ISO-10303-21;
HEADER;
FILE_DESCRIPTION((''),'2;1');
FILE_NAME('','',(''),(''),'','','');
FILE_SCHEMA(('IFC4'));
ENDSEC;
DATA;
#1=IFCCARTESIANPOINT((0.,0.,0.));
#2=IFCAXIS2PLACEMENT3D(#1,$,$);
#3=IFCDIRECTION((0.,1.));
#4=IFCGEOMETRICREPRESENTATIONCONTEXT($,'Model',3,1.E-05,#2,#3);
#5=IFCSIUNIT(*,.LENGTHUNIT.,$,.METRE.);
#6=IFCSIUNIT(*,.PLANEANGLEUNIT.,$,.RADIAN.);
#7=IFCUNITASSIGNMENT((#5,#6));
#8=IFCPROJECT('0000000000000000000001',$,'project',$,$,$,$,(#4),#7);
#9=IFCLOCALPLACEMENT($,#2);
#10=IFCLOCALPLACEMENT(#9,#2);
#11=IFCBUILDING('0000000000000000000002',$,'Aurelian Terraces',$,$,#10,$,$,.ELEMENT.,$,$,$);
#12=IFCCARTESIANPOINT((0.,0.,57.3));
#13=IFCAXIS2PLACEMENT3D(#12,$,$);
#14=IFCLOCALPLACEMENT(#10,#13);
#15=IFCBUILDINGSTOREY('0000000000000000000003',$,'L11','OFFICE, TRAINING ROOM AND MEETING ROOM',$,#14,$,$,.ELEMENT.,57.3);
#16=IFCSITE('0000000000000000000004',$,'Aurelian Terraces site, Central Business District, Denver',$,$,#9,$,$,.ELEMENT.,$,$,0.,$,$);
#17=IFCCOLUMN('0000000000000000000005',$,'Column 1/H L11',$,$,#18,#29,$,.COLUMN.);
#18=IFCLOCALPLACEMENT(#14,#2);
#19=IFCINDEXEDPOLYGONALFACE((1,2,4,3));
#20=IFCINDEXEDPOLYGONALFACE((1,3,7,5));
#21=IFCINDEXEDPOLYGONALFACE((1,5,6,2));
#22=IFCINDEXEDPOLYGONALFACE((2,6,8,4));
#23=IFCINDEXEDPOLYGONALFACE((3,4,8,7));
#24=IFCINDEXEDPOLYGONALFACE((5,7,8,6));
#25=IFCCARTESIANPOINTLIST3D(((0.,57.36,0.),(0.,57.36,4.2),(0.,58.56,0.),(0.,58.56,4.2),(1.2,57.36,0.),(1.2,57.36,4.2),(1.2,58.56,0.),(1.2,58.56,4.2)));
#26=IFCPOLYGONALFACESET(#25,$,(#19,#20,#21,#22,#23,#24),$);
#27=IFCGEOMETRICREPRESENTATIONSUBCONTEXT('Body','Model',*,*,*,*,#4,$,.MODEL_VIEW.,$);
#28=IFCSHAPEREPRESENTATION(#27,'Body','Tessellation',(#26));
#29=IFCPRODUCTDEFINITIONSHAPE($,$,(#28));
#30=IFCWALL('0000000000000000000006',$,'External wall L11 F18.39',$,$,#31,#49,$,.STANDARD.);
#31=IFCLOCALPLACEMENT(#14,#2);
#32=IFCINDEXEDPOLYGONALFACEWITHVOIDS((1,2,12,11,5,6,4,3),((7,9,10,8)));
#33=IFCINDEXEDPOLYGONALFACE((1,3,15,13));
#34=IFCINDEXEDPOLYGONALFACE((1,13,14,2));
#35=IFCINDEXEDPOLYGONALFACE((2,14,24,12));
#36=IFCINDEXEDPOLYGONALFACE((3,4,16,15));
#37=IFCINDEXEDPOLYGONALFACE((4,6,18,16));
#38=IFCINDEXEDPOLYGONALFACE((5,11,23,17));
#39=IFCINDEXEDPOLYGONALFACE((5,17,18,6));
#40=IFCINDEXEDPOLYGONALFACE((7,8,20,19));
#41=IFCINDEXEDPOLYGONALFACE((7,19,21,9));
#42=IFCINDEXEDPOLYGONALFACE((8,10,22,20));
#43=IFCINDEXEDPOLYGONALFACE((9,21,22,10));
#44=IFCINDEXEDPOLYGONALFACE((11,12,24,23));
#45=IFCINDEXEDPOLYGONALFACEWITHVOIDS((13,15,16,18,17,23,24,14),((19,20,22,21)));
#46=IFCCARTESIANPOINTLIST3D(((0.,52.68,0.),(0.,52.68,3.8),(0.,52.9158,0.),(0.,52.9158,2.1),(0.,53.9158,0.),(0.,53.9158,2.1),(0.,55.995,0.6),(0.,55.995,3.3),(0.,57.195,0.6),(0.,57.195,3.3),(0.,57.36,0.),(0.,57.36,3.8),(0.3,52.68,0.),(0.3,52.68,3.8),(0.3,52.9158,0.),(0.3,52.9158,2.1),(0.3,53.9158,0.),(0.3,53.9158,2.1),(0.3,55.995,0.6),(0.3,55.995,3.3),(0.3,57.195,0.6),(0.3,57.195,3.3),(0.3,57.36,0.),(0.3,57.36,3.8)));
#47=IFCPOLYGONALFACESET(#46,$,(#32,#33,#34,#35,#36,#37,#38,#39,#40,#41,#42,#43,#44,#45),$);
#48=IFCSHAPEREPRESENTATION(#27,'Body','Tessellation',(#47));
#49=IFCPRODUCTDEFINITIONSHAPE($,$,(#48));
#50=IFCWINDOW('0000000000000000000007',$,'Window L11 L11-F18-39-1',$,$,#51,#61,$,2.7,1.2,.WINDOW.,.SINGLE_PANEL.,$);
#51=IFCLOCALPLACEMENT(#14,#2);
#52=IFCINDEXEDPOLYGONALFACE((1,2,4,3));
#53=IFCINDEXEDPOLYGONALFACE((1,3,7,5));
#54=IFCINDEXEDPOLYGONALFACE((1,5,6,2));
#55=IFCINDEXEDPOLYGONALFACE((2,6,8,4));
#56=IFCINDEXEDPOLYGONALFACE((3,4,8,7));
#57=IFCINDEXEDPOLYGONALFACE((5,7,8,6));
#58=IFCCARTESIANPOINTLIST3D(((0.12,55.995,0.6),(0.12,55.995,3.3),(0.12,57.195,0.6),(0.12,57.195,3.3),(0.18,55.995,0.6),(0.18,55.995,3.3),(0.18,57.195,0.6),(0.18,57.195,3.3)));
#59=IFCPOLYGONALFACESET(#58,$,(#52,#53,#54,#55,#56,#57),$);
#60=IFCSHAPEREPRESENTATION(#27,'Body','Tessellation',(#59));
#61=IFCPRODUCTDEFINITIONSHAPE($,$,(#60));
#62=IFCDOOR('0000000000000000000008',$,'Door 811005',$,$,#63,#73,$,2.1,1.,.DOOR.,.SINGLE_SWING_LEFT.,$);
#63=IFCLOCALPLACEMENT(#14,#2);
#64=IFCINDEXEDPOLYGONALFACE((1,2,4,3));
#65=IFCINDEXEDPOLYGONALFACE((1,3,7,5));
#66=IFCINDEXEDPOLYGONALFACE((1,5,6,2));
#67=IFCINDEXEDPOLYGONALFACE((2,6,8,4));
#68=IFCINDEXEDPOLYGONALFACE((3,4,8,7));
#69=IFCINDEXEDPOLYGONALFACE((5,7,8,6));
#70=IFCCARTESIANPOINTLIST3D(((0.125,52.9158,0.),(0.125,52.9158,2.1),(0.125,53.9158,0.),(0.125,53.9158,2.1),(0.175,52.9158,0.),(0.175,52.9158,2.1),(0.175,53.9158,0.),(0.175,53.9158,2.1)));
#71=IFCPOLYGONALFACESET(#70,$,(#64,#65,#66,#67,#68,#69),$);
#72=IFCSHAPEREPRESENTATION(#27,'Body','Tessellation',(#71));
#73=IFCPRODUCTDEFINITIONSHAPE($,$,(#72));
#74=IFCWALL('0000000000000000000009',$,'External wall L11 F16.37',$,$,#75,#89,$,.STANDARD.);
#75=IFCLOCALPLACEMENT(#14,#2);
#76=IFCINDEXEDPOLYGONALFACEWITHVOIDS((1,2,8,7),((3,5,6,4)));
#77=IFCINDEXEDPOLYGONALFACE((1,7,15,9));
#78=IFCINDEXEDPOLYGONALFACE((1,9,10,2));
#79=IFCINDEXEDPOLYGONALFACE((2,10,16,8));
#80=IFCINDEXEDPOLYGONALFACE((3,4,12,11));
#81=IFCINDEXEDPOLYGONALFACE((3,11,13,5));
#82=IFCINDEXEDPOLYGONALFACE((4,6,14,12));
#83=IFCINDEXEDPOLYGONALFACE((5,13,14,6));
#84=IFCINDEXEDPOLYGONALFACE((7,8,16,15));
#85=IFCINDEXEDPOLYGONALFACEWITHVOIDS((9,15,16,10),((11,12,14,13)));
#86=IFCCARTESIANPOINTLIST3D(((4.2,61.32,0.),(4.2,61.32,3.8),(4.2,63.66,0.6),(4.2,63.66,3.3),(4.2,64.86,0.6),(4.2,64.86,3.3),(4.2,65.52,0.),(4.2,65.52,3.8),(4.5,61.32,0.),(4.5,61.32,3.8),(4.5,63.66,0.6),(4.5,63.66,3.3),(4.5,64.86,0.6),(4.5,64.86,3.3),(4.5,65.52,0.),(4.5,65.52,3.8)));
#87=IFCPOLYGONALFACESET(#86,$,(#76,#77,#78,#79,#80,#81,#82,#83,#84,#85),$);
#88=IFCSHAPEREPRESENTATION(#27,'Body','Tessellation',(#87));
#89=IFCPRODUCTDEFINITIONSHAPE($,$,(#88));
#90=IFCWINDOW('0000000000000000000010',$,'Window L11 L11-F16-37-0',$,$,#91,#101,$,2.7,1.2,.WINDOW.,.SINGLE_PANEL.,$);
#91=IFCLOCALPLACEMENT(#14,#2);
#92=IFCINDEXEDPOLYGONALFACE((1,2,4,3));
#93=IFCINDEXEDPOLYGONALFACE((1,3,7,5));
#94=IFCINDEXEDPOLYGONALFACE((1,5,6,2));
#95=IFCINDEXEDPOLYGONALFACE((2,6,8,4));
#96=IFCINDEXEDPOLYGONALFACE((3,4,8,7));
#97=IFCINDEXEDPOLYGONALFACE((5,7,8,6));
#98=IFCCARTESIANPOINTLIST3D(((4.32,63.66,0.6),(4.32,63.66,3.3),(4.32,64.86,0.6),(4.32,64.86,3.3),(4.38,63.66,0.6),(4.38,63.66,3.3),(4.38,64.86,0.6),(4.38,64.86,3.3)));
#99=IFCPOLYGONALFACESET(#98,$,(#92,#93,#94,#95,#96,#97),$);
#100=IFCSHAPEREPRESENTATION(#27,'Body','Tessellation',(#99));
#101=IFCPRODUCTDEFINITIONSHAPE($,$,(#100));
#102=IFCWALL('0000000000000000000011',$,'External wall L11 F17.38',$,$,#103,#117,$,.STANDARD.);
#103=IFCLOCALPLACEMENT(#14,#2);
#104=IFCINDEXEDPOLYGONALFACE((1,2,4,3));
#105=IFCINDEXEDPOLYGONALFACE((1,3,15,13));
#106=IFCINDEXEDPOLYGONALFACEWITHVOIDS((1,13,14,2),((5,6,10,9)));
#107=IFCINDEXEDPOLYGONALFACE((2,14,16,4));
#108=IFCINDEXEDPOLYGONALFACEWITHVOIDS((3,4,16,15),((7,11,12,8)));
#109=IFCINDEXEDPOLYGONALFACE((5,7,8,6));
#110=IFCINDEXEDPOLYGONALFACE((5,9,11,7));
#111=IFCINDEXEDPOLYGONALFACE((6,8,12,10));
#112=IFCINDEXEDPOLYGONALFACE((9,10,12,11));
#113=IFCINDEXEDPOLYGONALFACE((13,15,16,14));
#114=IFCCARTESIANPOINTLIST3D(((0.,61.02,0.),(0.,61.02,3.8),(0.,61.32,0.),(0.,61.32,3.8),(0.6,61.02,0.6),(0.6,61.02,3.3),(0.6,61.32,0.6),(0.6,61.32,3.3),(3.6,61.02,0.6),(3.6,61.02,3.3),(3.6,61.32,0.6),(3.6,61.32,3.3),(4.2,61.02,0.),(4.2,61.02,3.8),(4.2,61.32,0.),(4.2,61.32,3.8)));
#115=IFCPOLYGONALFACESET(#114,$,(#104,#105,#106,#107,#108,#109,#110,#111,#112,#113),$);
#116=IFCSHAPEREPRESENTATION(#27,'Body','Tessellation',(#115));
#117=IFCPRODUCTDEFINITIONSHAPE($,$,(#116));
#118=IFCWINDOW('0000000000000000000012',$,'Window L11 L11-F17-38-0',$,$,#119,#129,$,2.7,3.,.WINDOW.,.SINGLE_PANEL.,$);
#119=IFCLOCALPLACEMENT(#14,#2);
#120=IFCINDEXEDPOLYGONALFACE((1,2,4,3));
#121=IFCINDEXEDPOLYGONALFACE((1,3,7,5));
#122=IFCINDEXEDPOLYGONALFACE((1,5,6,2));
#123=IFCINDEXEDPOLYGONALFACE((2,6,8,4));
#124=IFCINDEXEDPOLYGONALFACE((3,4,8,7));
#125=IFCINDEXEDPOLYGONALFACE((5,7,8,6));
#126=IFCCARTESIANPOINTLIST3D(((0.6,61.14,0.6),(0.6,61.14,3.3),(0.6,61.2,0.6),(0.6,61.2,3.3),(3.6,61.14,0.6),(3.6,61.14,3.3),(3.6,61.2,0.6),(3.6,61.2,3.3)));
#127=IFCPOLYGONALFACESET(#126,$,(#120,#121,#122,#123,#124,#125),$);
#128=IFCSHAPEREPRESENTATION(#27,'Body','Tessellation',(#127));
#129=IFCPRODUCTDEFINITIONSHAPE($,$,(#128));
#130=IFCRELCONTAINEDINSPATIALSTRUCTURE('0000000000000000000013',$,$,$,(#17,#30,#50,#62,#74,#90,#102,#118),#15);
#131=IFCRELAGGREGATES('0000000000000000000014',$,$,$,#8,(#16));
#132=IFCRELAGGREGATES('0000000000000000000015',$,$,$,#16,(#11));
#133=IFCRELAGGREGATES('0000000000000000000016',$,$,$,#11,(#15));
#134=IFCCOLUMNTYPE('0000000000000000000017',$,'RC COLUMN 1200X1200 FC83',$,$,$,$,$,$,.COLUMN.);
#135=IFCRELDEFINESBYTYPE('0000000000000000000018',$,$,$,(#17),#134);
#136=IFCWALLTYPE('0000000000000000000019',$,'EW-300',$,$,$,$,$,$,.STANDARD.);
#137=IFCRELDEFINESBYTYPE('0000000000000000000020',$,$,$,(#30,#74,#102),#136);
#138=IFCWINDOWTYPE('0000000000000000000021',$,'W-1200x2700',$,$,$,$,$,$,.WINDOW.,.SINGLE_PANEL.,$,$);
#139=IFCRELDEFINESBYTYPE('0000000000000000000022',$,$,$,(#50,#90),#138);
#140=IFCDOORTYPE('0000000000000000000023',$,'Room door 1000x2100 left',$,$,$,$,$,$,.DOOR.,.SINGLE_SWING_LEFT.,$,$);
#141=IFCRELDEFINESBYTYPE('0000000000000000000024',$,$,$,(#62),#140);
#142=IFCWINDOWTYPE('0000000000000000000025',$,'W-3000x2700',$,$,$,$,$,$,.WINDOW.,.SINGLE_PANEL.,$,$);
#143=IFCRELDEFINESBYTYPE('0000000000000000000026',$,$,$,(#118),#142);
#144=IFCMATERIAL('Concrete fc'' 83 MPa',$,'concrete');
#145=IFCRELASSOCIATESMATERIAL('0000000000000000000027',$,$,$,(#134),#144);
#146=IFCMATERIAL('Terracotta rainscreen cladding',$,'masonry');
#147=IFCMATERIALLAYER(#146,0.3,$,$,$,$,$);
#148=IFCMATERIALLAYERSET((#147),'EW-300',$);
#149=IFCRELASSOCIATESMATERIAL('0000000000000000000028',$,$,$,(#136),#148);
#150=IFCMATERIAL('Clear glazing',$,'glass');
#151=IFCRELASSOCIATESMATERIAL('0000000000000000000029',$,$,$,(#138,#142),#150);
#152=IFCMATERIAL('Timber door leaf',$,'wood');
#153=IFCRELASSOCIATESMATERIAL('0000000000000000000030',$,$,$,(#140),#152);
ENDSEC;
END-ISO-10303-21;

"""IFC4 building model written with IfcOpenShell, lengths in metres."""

from ifc_helpers import new_model, si_unit, direction, frame, frame_2d, origin, origin_2d, place, context, subcontext, project, spatial, rectangle, extrude, source, transform, mapped, material, layer, layer_set, material_profile, profile_set, type_object, element, fill, save


model = new_model("IFC4")

# Units and contexts
model_context = context("Model", 3, precision=1e-05, world=origin(), true_north=direction((0.0, 1.0)))
body_context = subcontext(model_context, "Body", "Model", "MODEL_VIEW")
ifc_project = project(units=[si_unit("LENGTHUNIT", "METRE"), si_unit("PLANEANGLEUNIT", "RADIAN")], contexts=[model_context])

# Site, building, storey
site_placement = place(None, origin())
site = spatial("IfcSite", under=ifc_project, at=site_placement, Name="Aurelian Terraces site, Central Business District, Denver", CompositionType="ELEMENT", RefElevation=0.0)
building_placement = place(site_placement, origin())
building = spatial("IfcBuilding", under=site, at=building_placement, Name="Aurelian Terraces", CompositionType="ELEMENT")
storey_placement = place(building_placement, frame((0.0, 0.0, 57.3)))
storey = spatial("IfcBuildingStorey", under=building, at=storey_placement, Name="L11", Description="OFFICE, TRAINING ROOM AND MEETING ROOM", CompositionType="ELEMENT", Elevation=57.3)

# Column
ifc_material_1 = material(Name="Concrete fc' 83 MPa", Category="concrete")
ifc_material_profile = material_profile(ifc_material_1, rectangle(XDim=1.2, YDim=1.2, at=origin_2d()))
ifc_profile_set = profile_set([ifc_material_profile], Name="Concrete fc' 83 MPa")
column_type = type_object("IfcColumnType", Name="RC COLUMN 1200X1200 FC83", PredefinedType="COLUMN", material=ifc_profile_set)
shared_shape_1 = source(origin(), body_context, "Body", "SweptSolid", [
    extrude(rectangle(XDim=1.2, YDim=1.2, at=origin_2d()), origin(), (0.0, 0.0, 1.0), 4.2),
])
column_placement = place(storey_placement, frame((0.6, 57.96, 0.0), z_axis=(0.0, 0.0, 1.0), x_axis=(1.0, 0.0, 0.0)))
element("IfcColumn", 1, at=column_placement, inside=storey, type_object=column_type, Name="Column 1/H L11", PredefinedType="COLUMN", context=body_context, shape_type="MappedRepresentation", body=[
    mapped(shared_shape_1, transform((0.0, 0.0, 0.0), scale=1.0)),
])

# Wall, openings, window, door
ifc_material_2 = material(Name="Terracotta rainscreen cladding", Category="masonry")
ifc_layer_1 = layer(ifc_material_2, 0.3)
ifc_layer_set_1 = layer_set([ifc_layer_1], Name="EW-300")
wall_type_1 = type_object("IfcWallType", Name="EW-300", PredefinedType="STANDARD", material=ifc_layer_set_1)
shared_shape_2 = source(origin(), body_context, "Body", "SweptSolid", [
    extrude(rectangle(XDim=4.68, YDim=0.3, at=frame_2d((2.34, 0.0))), origin(), (0.0, 0.0, 1.0), 3.8),
])
wall_1_placement = place(storey_placement, frame((0.15, 57.36, 0.0), z_axis=(0.0, 0.0, 1.0), x_axis=(0.0, -1.0, 0.0)))
wall_1 = element("IfcWall", 2, at=wall_1_placement, inside=storey, type_object=wall_type_1, Name="External wall L11 F18.39", PredefinedType="STANDARD", context=body_context, shape_type="MappedRepresentation", body=[
    mapped(shared_shape_2, transform((0.0, 0.0, 0.0), scale=1.0)),
])
shared_shape_3 = source(origin(), body_context, "Body", "SweptSolid", [
    extrude(rectangle(XDim=1.2, YDim=2.7, at=frame_2d((0.6, 1.35))), frame((0.0, 0.16, 0.0), z_axis=(0.0, -1.0, 0.0), x_axis=(1.0, 0.0, 0.0)), (0.0, 0.0, 1.0), 0.32),
])
opening_1_placement = place(wall_1_placement, frame((0.165, 0.0, 0.6)))
opening_1 = element("IfcOpeningElement", 3, at=opening_1_placement, cuts=wall_1, PredefinedType="OPENING", context=body_context, shape_type="MappedRepresentation", body=[
    mapped(shared_shape_3, transform((0.0, 0.0, 0.0), scale=1.0)),
])
shared_shape_4 = source(origin(), body_context, "Body", "SweptSolid", [
    extrude(rectangle(XDim=1.0, YDim=2.1, at=frame_2d((0.5, 1.05))), frame((0.0, 0.16, 0.0), z_axis=(0.0, -1.0, 0.0), x_axis=(1.0, 0.0, 0.0)), (0.0, 0.0, 1.0), 0.32),
])
opening_2_placement = place(wall_1_placement, frame((3.4442, 0.0, 0.0)))
opening_2 = element("IfcOpeningElement", 4, at=opening_2_placement, cuts=wall_1, PredefinedType="OPENING", context=body_context, shape_type="MappedRepresentation", body=[
    mapped(shared_shape_4, transform((0.0, 0.0, 0.0), scale=1.0)),
])
ifc_material_3 = material(Name="Clear glazing", Category="glass")
window_type_1 = type_object("IfcWindowType", Name="W-1200x2700", PartitioningType="SINGLE_PANEL", PredefinedType="WINDOW", material=ifc_material_3)
shared_shape_5 = source(origin(), body_context, "Body", "SweptSolid", [
    extrude(rectangle(XDim=1.2, YDim=2.7, at=frame_2d((0.6, 1.35))), frame((0.0, 0.03, 0.0), z_axis=(0.0, -1.0, 0.0), x_axis=(1.0, 0.0, 0.0)), (0.0, 0.0, 1.0), 0.06),
])
window_1_placement = place(opening_1_placement, origin())
window_1 = element("IfcWindow", 5, at=window_1_placement, inside=storey, type_object=window_type_1, Name="Window L11 L11-F18-39-1", OverallHeight=2.7, OverallWidth=1.2, PartitioningType="SINGLE_PANEL", PredefinedType="WINDOW", context=body_context, shape_type="MappedRepresentation", body=[
    mapped(shared_shape_5, transform((0.0, 0.0, 0.0), scale=1.0)),
])
fill(opening_1, window_1)
ifc_material_4 = material(Name="Timber door leaf", Category="wood")
door_type = type_object("IfcDoorType", Name="Room door 1000x2100 left", OperationType="SINGLE_SWING_LEFT", PredefinedType="DOOR", material=ifc_material_4)
shared_shape_6 = source(origin(), body_context, "Body", "SweptSolid", [
    extrude(rectangle(XDim=1.0, YDim=2.1, at=frame_2d((0.5, 1.05))), frame((0.0, 0.025, 0.0), z_axis=(0.0, -1.0, 0.0), x_axis=(1.0, 0.0, 0.0)), (0.0, 0.0, 1.0), 0.05),
])
door_placement = place(opening_2_placement, origin())
door = element("IfcDoor", 6, at=door_placement, inside=storey, type_object=door_type, Name="Door 811005", OperationType="SINGLE_SWING_LEFT", OverallHeight=2.1, OverallWidth=1.0, PredefinedType="DOOR", context=body_context, shape_type="MappedRepresentation", body=[
    mapped(shared_shape_6, transform((0.0, 0.0, 0.0), scale=1.0)),
])
fill(opening_2, door)

# Walls, openings, windows
shared_shape_7 = source(origin(), body_context, "Body", "SweptSolid", [
    extrude(rectangle(XDim=4.2, YDim=0.3, at=frame_2d((2.1, 0.0))), origin(), (0.0, 0.0, 1.0), 3.8),
])
wall_2_placement = place(storey_placement, frame((4.35, 65.52, 0.0), z_axis=(0.0, 0.0, 1.0), x_axis=(0.0, -1.0, 0.0)))
wall_2 = element("IfcWall", 7, at=wall_2_placement, inside=storey, type_object=wall_type_1, Name="External wall L11 F16.37", PredefinedType="STANDARD", context=body_context, shape_type="MappedRepresentation", body=[
    mapped(shared_shape_7, transform((0.0, 0.0, 0.0), scale=1.0)),
])
opening_3_placement = place(wall_2_placement, frame((0.66, 0.0, 0.6)))
opening_3 = element("IfcOpeningElement", 8, at=opening_3_placement, cuts=wall_2, PredefinedType="OPENING", context=body_context, shape_type="MappedRepresentation", body=[
    mapped(shared_shape_3, transform((0.0, 0.0, 0.0), scale=1.0)),
])
window_2_placement = place(opening_3_placement, origin())
window_2 = element("IfcWindow", 9, at=window_2_placement, inside=storey, type_object=window_type_1, Name="Window L11 L11-F16-37-0", OverallHeight=2.7, OverallWidth=1.2, PartitioningType="SINGLE_PANEL", PredefinedType="WINDOW", context=body_context, shape_type="MappedRepresentation", body=[
    mapped(shared_shape_5, transform((0.0, 0.0, 0.0), scale=1.0)),
])
fill(opening_3, window_2)
wall_3_placement = place(storey_placement, frame((4.2, 61.17, 0.0), z_axis=(0.0, 0.0, 1.0), x_axis=(-1.0, 0.0, 0.0)))
wall_3 = element("IfcWall", 10, at=wall_3_placement, inside=storey, type_object=wall_type_1, Name="External wall L11 F17.38", PredefinedType="STANDARD", context=body_context, shape_type="MappedRepresentation", body=[
    mapped(shared_shape_7, transform((0.0, 0.0, 0.0), scale=1.0)),
])
shared_shape_8 = source(origin(), body_context, "Body", "SweptSolid", [
    extrude(rectangle(XDim=3.0, YDim=2.7, at=frame_2d((1.5, 1.35))), frame((0.0, 0.16, 0.0), z_axis=(0.0, -1.0, 0.0), x_axis=(1.0, 0.0, 0.0)), (0.0, 0.0, 1.0), 0.32),
])
opening_4_placement = place(wall_3_placement, frame((0.6, 0.0, 0.6)))
opening_4 = element("IfcOpeningElement", 11, at=opening_4_placement, cuts=wall_3, PredefinedType="OPENING", context=body_context, shape_type="MappedRepresentation", body=[
    mapped(shared_shape_8, transform((0.0, 0.0, 0.0), scale=1.0)),
])
window_type_2 = type_object("IfcWindowType", Name="W-3000x2700", PartitioningType="SINGLE_PANEL", PredefinedType="WINDOW", material=ifc_material_3)
shared_shape_9 = source(origin(), body_context, "Body", "SweptSolid", [
    extrude(rectangle(XDim=3.0, YDim=2.7, at=frame_2d((1.5, 1.35))), frame((0.0, 0.03, 0.0), z_axis=(0.0, -1.0, 0.0), x_axis=(1.0, 0.0, 0.0)), (0.0, 0.0, 1.0), 0.06),
])
window_3_placement = place(opening_4_placement, origin())
window_3 = element("IfcWindow", 12, at=window_3_placement, inside=storey, type_object=window_type_2, Name="Window L11 L11-F17-38-0", OverallHeight=2.7, OverallWidth=3.0, PartitioningType="SINGLE_PANEL", PredefinedType="WINDOW", context=body_context, shape_type="MappedRepresentation", body=[
    mapped(shared_shape_9, transform((0.0, 0.0, 0.0), scale=1.0)),
])
fill(opening_4, window_3)

save(model, "model.ifc")
